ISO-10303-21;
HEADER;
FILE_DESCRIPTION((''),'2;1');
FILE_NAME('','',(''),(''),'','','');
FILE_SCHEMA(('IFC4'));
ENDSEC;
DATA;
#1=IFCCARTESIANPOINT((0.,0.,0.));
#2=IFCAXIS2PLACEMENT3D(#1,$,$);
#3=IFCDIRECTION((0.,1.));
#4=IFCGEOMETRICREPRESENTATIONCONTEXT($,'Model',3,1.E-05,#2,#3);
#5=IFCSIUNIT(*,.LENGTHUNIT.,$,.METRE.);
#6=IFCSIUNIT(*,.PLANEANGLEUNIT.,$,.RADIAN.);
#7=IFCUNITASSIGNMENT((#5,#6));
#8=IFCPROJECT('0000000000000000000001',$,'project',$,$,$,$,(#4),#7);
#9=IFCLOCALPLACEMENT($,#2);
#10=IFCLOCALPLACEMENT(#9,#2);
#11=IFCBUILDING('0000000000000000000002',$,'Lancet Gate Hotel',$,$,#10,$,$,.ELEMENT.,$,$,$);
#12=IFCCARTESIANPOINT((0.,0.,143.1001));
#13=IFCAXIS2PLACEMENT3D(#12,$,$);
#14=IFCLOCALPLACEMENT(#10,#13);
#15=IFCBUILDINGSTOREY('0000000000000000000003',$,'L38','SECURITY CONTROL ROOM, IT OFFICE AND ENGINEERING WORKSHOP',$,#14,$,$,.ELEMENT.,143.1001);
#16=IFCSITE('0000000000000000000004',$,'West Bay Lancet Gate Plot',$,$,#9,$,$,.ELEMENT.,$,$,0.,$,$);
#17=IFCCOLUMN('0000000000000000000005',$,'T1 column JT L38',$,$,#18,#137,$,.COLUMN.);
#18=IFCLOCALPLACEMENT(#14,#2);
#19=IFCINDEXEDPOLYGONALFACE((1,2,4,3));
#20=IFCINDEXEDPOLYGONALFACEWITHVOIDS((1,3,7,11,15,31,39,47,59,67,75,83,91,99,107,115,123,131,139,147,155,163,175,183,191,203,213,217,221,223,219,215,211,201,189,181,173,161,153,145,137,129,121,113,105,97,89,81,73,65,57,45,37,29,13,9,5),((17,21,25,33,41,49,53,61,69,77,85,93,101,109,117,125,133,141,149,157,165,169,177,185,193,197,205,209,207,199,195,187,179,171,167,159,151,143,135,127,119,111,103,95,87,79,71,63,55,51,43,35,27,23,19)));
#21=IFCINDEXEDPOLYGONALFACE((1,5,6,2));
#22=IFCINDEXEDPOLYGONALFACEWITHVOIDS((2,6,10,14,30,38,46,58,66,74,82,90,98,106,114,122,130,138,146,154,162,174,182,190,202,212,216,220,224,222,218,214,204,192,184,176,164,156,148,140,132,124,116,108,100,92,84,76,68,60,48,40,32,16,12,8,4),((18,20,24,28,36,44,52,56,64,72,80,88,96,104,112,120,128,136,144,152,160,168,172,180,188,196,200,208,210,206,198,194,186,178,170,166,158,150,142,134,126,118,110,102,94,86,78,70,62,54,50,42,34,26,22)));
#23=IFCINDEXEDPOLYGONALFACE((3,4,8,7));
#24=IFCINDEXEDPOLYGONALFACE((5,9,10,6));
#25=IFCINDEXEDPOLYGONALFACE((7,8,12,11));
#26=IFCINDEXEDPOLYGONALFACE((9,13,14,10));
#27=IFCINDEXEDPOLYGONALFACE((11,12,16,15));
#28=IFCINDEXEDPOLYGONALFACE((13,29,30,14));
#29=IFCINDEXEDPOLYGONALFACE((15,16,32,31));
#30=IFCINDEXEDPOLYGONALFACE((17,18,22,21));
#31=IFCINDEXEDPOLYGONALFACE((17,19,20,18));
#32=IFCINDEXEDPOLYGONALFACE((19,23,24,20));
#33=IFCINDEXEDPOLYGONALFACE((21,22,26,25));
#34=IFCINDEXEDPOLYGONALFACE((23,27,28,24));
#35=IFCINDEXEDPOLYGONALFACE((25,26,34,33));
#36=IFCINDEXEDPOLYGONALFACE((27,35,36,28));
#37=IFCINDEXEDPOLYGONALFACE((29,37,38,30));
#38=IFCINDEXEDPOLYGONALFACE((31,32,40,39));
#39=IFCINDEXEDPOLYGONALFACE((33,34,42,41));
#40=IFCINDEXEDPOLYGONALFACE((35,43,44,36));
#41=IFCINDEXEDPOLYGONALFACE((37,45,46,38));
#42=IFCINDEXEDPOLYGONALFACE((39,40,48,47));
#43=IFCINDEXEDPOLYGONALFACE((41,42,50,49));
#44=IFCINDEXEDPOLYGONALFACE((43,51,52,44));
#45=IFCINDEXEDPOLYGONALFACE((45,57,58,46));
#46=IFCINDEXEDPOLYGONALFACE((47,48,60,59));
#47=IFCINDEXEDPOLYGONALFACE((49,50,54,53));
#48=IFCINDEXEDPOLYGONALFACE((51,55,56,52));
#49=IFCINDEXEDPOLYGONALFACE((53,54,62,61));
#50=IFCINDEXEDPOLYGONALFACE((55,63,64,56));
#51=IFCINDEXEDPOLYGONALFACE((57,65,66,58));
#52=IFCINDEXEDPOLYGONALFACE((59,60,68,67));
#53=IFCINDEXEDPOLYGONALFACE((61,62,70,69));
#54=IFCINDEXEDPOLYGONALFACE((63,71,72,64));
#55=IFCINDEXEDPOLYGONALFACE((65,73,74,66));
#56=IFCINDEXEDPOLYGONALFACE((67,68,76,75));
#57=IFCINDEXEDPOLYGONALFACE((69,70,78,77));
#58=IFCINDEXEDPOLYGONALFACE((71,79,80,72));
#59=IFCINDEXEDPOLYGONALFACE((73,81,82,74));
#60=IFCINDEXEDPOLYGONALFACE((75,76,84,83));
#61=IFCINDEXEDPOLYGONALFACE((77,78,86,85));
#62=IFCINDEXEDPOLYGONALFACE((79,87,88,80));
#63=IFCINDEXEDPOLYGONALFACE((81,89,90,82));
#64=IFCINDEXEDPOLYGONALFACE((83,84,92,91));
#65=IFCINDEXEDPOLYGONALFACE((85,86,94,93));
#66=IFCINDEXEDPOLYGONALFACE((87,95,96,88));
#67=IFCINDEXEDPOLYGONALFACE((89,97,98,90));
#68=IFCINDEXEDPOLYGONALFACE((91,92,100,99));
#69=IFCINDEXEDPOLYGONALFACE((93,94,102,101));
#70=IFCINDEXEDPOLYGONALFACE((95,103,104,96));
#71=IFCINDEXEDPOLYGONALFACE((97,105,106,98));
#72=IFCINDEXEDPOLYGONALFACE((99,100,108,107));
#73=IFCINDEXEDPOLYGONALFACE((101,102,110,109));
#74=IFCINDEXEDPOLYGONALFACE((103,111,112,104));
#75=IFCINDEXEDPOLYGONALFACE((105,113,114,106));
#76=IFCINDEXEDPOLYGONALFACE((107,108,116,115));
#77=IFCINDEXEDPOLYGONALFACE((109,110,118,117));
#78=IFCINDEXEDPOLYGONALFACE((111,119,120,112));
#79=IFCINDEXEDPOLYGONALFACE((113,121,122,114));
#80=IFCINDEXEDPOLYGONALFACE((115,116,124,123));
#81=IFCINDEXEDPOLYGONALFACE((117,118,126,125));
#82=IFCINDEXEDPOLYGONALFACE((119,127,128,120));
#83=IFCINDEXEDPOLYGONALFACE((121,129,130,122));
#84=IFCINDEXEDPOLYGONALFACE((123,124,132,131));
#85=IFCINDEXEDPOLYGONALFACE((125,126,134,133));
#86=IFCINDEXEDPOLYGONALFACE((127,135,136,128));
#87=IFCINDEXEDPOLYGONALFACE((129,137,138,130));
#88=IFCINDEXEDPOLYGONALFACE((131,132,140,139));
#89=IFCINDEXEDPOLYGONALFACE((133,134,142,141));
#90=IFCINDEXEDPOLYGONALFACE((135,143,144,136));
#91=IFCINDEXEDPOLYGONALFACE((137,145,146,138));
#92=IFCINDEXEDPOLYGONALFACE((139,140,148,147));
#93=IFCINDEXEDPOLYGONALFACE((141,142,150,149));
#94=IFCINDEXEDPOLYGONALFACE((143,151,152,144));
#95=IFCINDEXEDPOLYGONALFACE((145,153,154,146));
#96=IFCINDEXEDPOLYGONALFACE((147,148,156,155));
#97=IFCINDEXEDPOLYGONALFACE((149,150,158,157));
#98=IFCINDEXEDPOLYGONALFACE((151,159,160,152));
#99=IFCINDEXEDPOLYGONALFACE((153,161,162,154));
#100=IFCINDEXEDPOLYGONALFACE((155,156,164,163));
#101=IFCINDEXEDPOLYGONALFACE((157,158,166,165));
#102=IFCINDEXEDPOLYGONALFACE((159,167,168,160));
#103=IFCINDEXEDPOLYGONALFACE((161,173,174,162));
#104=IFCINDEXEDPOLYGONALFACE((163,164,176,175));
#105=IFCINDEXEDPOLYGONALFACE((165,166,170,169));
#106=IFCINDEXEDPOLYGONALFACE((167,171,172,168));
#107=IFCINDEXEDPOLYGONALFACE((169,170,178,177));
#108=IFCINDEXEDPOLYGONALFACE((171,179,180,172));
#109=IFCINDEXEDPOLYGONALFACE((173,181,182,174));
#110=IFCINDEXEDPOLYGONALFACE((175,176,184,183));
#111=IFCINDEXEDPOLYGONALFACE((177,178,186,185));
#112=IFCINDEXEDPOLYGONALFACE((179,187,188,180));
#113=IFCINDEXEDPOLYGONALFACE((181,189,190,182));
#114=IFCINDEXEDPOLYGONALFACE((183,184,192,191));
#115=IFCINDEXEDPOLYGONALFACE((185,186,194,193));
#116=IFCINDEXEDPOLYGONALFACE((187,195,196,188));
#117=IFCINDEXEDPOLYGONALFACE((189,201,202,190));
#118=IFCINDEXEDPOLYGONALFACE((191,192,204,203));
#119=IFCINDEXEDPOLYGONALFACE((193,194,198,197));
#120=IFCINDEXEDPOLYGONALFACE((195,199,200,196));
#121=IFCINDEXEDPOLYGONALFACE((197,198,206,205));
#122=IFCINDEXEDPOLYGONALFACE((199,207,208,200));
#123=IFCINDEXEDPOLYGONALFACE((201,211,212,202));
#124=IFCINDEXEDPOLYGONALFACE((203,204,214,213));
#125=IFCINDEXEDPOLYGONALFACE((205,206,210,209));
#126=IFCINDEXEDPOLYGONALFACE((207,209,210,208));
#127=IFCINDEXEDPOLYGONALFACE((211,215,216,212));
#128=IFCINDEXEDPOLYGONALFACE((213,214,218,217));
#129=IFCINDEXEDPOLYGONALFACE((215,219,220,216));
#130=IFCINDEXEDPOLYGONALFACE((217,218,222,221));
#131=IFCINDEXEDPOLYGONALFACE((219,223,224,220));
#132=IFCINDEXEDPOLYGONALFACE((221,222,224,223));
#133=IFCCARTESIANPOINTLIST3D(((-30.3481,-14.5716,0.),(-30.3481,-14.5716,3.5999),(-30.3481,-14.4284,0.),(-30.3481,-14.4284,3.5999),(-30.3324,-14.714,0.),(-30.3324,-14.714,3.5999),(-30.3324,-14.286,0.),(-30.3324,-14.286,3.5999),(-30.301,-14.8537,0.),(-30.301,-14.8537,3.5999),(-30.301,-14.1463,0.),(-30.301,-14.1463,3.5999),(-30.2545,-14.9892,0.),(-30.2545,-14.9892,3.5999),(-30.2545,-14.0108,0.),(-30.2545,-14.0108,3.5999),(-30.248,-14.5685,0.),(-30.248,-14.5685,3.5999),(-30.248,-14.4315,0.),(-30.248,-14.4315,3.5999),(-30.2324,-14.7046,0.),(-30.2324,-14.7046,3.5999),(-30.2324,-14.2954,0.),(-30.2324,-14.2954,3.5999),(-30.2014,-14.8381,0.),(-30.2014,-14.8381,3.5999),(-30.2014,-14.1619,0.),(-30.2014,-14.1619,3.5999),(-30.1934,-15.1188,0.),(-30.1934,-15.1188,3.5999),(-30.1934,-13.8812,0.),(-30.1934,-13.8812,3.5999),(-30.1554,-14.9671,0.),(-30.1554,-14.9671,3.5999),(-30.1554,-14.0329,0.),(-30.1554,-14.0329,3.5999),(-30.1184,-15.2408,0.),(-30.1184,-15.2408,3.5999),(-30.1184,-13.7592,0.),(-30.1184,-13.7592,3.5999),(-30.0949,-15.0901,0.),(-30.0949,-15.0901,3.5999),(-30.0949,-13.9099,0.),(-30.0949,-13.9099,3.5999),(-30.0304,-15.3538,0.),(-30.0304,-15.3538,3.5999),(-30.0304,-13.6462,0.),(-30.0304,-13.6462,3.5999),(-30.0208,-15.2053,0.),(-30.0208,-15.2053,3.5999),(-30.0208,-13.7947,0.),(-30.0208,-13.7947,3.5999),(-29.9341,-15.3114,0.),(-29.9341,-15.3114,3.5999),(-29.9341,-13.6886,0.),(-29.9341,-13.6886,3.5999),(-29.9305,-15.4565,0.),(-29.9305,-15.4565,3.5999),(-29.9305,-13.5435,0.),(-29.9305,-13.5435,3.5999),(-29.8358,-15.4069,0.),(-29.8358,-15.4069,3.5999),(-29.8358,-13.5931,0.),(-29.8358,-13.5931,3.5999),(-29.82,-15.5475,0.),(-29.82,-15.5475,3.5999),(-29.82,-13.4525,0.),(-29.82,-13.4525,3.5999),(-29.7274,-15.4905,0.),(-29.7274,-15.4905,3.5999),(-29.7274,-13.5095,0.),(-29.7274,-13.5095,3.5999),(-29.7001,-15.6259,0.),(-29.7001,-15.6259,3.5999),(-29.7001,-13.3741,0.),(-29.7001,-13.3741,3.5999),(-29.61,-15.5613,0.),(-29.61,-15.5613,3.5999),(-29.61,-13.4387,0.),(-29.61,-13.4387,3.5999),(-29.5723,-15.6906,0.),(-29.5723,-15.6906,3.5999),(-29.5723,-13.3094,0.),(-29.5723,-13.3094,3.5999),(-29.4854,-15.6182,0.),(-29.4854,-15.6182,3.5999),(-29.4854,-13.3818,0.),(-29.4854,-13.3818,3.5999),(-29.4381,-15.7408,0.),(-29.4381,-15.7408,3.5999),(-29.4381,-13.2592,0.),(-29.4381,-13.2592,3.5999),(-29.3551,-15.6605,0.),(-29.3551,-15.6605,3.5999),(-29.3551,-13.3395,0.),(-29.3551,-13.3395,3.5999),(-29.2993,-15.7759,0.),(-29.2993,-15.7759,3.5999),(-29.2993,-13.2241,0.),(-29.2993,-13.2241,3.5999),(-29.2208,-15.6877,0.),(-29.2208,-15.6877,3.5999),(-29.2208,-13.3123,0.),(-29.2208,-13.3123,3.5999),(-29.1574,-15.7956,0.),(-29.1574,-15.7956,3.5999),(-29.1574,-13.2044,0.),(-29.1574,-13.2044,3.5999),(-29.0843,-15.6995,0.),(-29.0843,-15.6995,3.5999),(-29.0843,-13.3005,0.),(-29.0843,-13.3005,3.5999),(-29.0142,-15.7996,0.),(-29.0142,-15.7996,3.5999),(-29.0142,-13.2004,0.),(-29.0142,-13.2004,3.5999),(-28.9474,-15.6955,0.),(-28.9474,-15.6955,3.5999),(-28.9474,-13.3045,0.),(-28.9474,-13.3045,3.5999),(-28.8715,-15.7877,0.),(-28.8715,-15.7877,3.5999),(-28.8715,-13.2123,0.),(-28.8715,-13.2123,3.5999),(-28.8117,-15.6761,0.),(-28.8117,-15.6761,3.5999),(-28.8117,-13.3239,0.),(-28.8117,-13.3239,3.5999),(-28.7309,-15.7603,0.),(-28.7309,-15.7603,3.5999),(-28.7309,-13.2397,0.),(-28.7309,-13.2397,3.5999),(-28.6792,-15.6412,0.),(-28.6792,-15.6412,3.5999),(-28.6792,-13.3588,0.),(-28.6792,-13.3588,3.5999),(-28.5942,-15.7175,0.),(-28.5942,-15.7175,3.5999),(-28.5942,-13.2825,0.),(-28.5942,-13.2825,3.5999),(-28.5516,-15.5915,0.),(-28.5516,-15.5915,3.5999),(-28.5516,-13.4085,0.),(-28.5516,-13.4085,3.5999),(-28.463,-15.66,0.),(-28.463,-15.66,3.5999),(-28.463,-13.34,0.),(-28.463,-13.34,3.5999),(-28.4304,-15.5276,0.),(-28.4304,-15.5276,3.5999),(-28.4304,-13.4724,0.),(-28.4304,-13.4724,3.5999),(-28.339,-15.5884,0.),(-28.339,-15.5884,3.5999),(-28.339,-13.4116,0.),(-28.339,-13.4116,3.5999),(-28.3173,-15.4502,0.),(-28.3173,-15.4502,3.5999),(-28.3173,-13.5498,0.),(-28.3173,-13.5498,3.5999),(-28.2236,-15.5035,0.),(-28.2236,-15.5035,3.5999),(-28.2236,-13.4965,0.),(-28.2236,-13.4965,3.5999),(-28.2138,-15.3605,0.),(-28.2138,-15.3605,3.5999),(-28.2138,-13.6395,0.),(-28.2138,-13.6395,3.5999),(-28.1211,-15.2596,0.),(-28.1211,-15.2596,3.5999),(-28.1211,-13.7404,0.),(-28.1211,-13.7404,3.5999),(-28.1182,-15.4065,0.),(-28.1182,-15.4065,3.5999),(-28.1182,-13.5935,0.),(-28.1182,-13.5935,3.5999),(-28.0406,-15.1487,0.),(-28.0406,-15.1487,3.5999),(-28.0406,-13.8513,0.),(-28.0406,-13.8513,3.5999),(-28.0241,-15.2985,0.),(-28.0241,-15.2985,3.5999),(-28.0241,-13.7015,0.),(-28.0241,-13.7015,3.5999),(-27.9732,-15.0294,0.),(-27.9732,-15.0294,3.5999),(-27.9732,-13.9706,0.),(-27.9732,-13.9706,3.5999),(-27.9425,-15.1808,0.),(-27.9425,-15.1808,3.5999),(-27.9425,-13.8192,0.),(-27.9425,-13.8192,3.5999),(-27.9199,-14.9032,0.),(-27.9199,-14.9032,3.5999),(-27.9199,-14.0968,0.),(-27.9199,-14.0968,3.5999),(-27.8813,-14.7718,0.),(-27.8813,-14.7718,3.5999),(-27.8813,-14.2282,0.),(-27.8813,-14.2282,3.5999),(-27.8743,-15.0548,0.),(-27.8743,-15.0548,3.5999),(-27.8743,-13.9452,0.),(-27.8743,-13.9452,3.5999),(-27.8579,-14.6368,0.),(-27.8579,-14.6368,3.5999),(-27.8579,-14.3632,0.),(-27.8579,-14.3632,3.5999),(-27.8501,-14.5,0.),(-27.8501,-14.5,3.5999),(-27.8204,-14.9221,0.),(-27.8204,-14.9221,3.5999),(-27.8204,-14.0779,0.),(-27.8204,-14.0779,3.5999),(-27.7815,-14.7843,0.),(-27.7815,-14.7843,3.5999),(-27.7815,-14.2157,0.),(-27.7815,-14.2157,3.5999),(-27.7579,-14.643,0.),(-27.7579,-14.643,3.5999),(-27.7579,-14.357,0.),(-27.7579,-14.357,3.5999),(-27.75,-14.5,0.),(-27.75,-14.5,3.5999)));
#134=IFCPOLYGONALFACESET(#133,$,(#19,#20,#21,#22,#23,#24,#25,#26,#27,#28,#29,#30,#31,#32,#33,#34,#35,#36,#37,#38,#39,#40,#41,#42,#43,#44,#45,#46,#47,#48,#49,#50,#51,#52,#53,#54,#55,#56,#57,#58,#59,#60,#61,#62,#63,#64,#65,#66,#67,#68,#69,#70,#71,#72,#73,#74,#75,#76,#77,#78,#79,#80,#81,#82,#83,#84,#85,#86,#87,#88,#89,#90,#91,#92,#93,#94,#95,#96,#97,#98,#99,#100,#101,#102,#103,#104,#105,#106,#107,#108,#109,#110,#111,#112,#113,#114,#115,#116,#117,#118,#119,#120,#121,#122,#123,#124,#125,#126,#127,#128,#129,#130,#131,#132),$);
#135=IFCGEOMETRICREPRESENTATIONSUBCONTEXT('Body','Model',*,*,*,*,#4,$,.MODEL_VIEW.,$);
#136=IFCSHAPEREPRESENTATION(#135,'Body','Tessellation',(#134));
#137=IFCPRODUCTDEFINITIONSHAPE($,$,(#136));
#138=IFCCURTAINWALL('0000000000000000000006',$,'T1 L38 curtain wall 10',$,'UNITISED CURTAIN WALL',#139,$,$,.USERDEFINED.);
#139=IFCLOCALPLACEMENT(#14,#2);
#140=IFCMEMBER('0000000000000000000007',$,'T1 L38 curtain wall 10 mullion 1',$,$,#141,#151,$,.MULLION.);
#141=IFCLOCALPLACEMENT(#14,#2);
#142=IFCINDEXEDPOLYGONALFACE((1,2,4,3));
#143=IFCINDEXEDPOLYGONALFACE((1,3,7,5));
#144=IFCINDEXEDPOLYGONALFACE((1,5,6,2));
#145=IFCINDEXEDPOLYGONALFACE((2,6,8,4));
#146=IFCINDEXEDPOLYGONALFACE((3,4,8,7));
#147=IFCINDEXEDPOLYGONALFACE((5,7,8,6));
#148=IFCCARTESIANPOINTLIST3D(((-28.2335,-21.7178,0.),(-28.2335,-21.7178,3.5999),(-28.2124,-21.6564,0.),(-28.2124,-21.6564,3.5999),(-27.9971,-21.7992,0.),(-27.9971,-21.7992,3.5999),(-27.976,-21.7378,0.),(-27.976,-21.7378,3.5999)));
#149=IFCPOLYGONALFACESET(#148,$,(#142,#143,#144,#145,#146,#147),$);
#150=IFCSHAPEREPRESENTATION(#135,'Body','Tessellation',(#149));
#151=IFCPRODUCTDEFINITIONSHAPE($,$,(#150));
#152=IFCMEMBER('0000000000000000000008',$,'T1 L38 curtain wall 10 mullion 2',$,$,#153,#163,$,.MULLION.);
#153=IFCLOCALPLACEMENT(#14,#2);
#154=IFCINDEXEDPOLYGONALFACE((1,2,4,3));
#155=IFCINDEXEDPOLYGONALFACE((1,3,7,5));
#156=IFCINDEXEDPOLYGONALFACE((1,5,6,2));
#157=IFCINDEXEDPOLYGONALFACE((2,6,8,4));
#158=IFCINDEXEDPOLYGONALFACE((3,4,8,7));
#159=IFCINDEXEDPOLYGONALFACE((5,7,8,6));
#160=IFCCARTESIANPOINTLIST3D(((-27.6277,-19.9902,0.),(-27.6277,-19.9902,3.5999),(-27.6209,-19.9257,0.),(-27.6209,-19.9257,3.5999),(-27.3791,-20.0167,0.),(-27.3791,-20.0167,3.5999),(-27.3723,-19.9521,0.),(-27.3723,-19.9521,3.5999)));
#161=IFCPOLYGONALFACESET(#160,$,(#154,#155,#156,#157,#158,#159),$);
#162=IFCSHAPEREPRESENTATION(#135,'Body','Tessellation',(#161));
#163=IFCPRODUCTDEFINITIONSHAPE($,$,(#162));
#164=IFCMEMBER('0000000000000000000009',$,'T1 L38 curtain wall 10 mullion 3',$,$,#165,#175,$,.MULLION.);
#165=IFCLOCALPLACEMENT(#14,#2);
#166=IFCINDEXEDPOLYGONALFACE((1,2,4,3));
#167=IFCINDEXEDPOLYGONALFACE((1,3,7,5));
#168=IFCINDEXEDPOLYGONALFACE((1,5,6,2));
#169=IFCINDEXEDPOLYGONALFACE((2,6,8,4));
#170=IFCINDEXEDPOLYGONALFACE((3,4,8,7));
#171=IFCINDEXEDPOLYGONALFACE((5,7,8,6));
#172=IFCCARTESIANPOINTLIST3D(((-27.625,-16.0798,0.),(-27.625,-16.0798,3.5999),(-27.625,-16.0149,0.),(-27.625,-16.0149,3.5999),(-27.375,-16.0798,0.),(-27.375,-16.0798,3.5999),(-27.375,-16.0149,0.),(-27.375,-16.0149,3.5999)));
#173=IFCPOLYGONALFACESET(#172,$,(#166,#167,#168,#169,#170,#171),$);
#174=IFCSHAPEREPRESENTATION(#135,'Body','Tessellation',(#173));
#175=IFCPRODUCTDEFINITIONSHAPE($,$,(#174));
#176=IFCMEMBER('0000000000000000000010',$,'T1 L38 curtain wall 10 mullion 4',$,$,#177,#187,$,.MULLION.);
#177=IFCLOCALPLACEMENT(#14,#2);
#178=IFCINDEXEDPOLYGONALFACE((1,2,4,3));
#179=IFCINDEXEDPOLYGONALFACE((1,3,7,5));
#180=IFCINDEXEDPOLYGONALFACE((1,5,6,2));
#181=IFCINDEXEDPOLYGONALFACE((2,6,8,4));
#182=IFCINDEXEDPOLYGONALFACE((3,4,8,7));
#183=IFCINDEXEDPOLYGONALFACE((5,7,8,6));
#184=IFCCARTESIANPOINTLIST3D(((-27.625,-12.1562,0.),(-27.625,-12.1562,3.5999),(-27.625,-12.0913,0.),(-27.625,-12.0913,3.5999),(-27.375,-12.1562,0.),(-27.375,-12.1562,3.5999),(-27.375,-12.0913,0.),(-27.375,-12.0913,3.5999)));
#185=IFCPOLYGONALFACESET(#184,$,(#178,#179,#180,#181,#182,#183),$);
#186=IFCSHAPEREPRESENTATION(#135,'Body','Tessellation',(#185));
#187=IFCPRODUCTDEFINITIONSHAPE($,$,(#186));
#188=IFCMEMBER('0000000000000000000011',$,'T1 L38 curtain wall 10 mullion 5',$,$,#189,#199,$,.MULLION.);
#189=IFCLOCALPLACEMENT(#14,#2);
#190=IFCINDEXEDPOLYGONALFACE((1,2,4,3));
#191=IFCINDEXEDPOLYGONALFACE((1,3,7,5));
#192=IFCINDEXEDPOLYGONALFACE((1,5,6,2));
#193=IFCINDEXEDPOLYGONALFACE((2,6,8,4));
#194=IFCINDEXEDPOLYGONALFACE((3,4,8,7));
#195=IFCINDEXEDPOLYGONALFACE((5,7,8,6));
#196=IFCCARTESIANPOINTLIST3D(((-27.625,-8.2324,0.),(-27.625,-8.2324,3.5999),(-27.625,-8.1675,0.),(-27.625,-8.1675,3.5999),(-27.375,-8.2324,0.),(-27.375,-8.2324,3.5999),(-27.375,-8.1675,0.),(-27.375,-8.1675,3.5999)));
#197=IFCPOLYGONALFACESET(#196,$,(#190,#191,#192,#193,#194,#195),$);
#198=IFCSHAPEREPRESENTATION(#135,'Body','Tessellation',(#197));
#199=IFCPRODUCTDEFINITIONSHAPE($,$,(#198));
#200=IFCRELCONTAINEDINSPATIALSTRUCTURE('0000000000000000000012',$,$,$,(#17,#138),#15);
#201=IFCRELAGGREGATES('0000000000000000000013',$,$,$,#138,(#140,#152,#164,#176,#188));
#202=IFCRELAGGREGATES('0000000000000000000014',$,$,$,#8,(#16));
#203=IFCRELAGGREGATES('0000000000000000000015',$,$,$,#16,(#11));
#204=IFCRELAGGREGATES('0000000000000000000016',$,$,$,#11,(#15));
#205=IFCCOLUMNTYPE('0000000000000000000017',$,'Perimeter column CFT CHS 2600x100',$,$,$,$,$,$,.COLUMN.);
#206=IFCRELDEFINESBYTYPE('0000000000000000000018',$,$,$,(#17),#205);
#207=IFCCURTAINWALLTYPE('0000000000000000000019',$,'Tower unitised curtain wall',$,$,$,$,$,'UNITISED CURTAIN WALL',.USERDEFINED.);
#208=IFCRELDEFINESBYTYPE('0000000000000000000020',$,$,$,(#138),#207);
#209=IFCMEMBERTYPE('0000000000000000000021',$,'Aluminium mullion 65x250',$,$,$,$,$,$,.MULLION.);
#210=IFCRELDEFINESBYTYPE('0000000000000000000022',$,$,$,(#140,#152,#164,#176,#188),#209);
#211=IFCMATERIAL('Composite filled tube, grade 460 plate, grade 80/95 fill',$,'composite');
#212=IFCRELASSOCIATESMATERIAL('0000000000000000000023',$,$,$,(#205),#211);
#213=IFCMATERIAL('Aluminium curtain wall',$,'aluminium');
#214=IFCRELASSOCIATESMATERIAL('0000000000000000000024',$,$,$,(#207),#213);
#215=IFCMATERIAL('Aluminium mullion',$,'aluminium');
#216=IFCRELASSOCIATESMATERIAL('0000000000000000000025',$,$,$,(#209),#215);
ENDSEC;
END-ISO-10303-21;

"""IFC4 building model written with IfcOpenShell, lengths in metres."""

from ifc_helpers import new_model, si_unit, direction, frame, origin, origin_2d, place, context, subcontext, project, spatial, rectangle, hollow_circle, extrude, material, material_profile, profile_set, type_object, element, aggregate, save


model = new_model("IFC4")

# Units and contexts
model_context = context("Model", 3, precision=1e-05, world=origin(), true_north=direction((0.0, 1.0)))
body_context = subcontext(model_context, "Body", "Model", "MODEL_VIEW")
ifc_project = project(units=[si_unit("LENGTHUNIT", "METRE"), si_unit("PLANEANGLEUNIT", "RADIAN")], contexts=[model_context])

# Site, building, storey
site_placement = place(None, origin())
site = spatial("IfcSite", under=ifc_project, at=site_placement, Name="West Bay Lancet Gate Plot", CompositionType="ELEMENT", RefElevation=0.0)
building_placement = place(site_placement, origin())
building = spatial("IfcBuilding", under=site, at=building_placement, Name="Lancet Gate Hotel", CompositionType="ELEMENT")
storey_placement = place(building_placement, frame((0.0, 0.0, 143.1001)))
storey = spatial("IfcBuildingStorey", under=building, at=storey_placement, Name="L38", Description="SECURITY CONTROL ROOM, IT OFFICE AND ENGINEERING WORKSHOP", CompositionType="ELEMENT", Elevation=143.1001)

# Column
ifc_material_1 = material(Name="Composite filled tube, grade 460 plate, grade 80/95 fill", Category="composite")
ifc_material_profile_1 = material_profile(ifc_material_1, hollow_circle(Radius=1.3, WallThickness=0.1001, at=origin_2d()), Name="CHS 2600x100")
ifc_profile_set_1 = profile_set([ifc_material_profile_1], Name="Composite filled tube, grade 460 plate, grade 80/95 fill")
column_type = type_object("IfcColumnType", Name="Perimeter column CFT CHS 2600x100", PredefinedType="COLUMN", material=ifc_profile_set_1)
for number, where, z_axis, x_axis, name in (
    (1, (-29.05, -14.5, 0.0), (0.0, 0.0, 1.0), (1.0, 0.0, 0.0), "T1 column JT L38"),
):
    element("IfcColumn", number, at=place(storey_placement, frame(where, z_axis=z_axis, x_axis=x_axis)), inside=storey, type_object=column_type, Name=name, PredefinedType="COLUMN", context=body_context, shape_type="SweptSolid", body=[
        extrude(hollow_circle(Radius=1.3, WallThickness=0.1001, at=origin_2d()), origin(), (0.0, 0.0, 1.0), 3.5999),
    ])

# Curtain wall, members
ifc_material_2 = material(Name="Aluminium curtain wall", Category="aluminium")
curtain_wall_type = type_object("IfcCurtainWallType", Name="Tower unitised curtain wall", ElementType="UNITISED CURTAIN WALL", PredefinedType="USERDEFINED", material=ifc_material_2)
curtain_wall_placement = place(storey_placement, origin())
curtain_wall = element("IfcCurtainWall", 2, at=curtain_wall_placement, inside=storey, type_object=curtain_wall_type, Name="T1 L38 curtain wall 10", ObjectType="UNITISED CURTAIN WALL", PredefinedType="USERDEFINED")
ifc_material_3 = material(Name="Aluminium mullion", Category="aluminium")
ifc_material_profile_2 = material_profile(ifc_material_3, rectangle(XDim=0.0649, YDim=0.25, at=origin_2d()), Name="MULLION 65x250")
ifc_profile_set_2 = profile_set([ifc_material_profile_2], Name="Aluminium mullion")
member_type_1 = type_object("IfcMemberType", Name="Aluminium mullion 65x250", PredefinedType="MULLION", material=ifc_profile_set_2)
member_1_placement = place(storey_placement, frame((-28.1047, -21.7278, 0.0), z_axis=(0.0, 0.0, 1.0), x_axis=(0.325516, 0.945537, 0.0)))
member_1 = element("IfcMember", 3, at=member_1_placement, type_object=member_type_1, Name="T1 L38 curtain wall 10 mullion 1", PredefinedType="MULLION", context=body_context, shape_type="SweptSolid", body=[
    extrude(rectangle(XDim=0.0649, YDim=0.25, at=origin_2d()), origin(), (0.0, 0.0, 1.0), 3.5999),
])
member_2_placement = place(storey_placement, frame((-27.5, -19.9712, 0.0), z_axis=(0.0, 0.0, 1.0), x_axis=(0.105863, 0.994381, 0.0)))
member_2 = element("IfcMember", 4, at=member_2_placement, type_object=member_type_1, Name="T1 L38 curtain wall 10 mullion 2", PredefinedType="MULLION", context=body_context, shape_type="SweptSolid", body=[
    extrude(rectangle(XDim=0.0649, YDim=0.25, at=origin_2d()), origin(), (0.0, 0.0, 1.0), 3.5999),
])
member_3_placement = place(storey_placement, frame((-27.5, -16.0474, 0.0), z_axis=(0.0, 0.0, 1.0), x_axis=(0.0, 1.0, 0.0)))
member_3 = element("IfcMember", 5, at=member_3_placement, type_object=member_type_1, Name="T1 L38 curtain wall 10 mullion 3", PredefinedType="MULLION", context=body_context, shape_type="SweptSolid", body=[
    extrude(rectangle(XDim=0.0649, YDim=0.25, at=origin_2d()), origin(), (0.0, 0.0, 1.0), 3.5999),
])
member_4_placement = place(storey_placement, frame((-27.5, -12.1238, 0.0), z_axis=(0.0, 0.0, 1.0), x_axis=(0.0, 1.0, 0.0)))
member_4 = element("IfcMember", 6, at=member_4_placement, type_object=member_type_1, Name="T1 L38 curtain wall 10 mullion 4", PredefinedType="MULLION", context=body_context, shape_type="SweptSolid", body=[
    extrude(rectangle(XDim=0.0649, YDim=0.25, at=origin_2d()), origin(), (0.0, 0.0, 1.0), 3.5999),
])
member_5_placement = place(storey_placement, frame((-27.5, -8.2, 0.0), z_axis=(0.0, 0.0, 1.0), x_axis=(0.0, 1.0, 0.0)))
member_5 = element("IfcMember", 7, at=member_5_placement, type_object=member_type_1, Name="T1 L38 curtain wall 10 mullion 5", PredefinedType="MULLION", context=body_context, shape_type="SweptSolid", body=[
    extrude(rectangle(XDim=0.0649, YDim=0.25, at=origin_2d()), origin(), (0.0, 0.0, 1.0), 3.5999),
])

aggregate(curtain_wall, [member_1, member_2, member_3, member_4, member_5])

save(model, "model.ifc")
